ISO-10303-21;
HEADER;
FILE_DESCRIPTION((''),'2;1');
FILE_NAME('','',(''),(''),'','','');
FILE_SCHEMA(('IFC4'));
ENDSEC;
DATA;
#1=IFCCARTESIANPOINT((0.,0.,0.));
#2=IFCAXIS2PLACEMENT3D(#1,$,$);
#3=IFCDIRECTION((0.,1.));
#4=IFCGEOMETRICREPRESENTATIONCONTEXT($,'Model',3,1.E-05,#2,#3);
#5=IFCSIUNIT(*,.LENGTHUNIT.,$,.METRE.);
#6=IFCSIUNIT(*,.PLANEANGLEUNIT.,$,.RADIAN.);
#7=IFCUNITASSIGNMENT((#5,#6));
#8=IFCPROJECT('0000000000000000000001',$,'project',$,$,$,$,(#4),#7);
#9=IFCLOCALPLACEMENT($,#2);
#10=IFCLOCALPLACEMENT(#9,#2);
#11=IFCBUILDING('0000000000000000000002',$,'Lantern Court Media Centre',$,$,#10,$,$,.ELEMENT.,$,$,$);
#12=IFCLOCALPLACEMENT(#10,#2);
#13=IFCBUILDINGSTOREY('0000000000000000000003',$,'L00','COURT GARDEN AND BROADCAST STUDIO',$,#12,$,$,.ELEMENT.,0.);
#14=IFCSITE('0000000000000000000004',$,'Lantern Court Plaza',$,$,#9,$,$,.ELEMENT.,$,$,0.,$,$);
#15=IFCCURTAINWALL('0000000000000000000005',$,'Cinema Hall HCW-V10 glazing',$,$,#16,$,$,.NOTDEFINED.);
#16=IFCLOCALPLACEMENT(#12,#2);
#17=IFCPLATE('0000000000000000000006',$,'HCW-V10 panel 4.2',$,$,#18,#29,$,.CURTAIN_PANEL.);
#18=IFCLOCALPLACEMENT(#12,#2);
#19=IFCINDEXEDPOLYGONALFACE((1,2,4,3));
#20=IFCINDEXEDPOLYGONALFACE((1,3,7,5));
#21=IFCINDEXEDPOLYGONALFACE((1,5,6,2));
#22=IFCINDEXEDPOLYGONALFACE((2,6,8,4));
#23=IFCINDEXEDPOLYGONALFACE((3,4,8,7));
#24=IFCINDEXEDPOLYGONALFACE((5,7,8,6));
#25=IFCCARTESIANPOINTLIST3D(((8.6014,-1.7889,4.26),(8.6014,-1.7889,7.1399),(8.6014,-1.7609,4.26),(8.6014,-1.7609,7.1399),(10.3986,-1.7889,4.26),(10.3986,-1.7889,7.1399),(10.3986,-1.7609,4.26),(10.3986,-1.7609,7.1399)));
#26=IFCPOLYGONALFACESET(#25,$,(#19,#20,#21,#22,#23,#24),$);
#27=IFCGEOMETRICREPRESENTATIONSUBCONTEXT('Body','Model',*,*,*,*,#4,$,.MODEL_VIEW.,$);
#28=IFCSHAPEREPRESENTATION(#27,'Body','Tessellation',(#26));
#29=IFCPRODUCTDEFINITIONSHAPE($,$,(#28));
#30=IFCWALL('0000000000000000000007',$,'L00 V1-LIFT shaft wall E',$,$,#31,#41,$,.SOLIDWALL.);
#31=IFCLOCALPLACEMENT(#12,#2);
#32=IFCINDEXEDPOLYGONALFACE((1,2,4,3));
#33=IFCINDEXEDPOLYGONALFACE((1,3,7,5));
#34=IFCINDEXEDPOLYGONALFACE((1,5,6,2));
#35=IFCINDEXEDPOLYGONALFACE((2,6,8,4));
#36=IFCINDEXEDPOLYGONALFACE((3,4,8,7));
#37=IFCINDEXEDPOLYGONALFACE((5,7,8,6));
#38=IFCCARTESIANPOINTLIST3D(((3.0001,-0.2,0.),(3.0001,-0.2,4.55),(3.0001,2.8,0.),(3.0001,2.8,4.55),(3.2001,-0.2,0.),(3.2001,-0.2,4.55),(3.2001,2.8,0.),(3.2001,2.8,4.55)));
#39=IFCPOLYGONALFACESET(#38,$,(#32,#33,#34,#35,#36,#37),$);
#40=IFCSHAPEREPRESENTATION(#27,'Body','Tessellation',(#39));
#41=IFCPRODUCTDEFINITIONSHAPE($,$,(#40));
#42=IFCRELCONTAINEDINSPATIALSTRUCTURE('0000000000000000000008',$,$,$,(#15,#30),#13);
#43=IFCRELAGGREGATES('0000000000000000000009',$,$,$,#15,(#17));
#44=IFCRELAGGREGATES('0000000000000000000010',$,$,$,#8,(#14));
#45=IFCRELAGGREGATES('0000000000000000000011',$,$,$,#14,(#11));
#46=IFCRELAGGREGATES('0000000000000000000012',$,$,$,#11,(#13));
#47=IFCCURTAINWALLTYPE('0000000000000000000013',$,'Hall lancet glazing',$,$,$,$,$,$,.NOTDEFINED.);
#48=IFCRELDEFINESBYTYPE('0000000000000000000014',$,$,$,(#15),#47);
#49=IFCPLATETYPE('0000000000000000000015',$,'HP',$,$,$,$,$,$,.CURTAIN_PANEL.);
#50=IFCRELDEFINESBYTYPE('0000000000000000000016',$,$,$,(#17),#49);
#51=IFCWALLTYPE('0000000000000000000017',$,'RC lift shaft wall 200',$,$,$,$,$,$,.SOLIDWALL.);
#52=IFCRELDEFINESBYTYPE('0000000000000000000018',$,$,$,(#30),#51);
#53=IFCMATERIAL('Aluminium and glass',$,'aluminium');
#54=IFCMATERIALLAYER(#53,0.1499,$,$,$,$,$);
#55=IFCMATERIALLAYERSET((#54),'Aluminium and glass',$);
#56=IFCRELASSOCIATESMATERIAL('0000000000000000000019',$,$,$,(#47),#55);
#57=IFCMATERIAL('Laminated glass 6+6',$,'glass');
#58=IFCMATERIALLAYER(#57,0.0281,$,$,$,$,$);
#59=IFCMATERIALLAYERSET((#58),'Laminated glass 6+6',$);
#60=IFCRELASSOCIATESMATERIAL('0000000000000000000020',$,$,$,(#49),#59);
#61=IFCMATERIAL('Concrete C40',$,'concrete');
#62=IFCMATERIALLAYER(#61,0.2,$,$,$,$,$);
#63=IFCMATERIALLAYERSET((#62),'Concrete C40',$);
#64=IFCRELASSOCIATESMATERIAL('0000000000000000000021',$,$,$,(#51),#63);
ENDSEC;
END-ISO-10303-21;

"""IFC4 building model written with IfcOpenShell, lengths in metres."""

from ifc_helpers import new_model, si_unit, direction, frame, frame_2d, origin, origin_2d, place, context, subcontext, project, spatial, rectangle, extrude, material, layer, layer_set, type_object, element, aggregate, save


model = new_model("IFC4")

# Units and contexts
model_context = context("Model", 3, precision=1e-05, world=origin(), true_north=direction((0.0, 1.0)))
body_context = subcontext(model_context, "Body", "Model", "MODEL_VIEW")
ifc_project = project(units=[si_unit("LENGTHUNIT", "METRE"), si_unit("PLANEANGLEUNIT", "RADIAN")], contexts=[model_context])

# Site, building, storey
site_placement = place(None, origin())
site = spatial("IfcSite", under=ifc_project, at=site_placement, Name="Lantern Court Plaza", CompositionType="ELEMENT", RefElevation=0.0)
building_placement = place(site_placement, origin())
building = spatial("IfcBuilding", under=site, at=building_placement, Name="Lantern Court Media Centre", CompositionType="ELEMENT")
storey_placement = place(building_placement, origin())
storey = spatial("IfcBuildingStorey", under=building, at=storey_placement, Name="L00", Description="COURT GARDEN AND BROADCAST STUDIO", CompositionType="ELEMENT", Elevation=0.0)

# Curtain wall
ifc_material_1 = material(Name="Aluminium and glass", Category="aluminium")
ifc_layer_1 = layer(ifc_material_1, 0.1499)
ifc_layer_set_1 = layer_set([ifc_layer_1], Name="Aluminium and glass")
curtain_wall_type = type_object("IfcCurtainWallType", Name="Hall lancet glazing", PredefinedType="NOTDEFINED", material=ifc_layer_set_1)
curtain_wall_placement = place(storey_placement, origin())
curtain_wall = element("IfcCurtainWall", 1, at=curtain_wall_placement, inside=storey, type_object=curtain_wall_type, Name="Cinema Hall HCW-V10 glazing", PredefinedType="NOTDEFINED")

# Plate
ifc_material_2 = material(Name="Laminated glass 6+6", Category="glass")
ifc_layer_2 = layer(ifc_material_2, 0.0281)
ifc_layer_set_2 = layer_set([ifc_layer_2], Name="Laminated glass 6+6")
plate_type = type_object("IfcPlateType", Name="HP", PredefinedType="CURTAIN_PANEL", material=ifc_layer_set_2)
plate_1_placement = place(storey_placement, frame((9.5, -1.7749, 4.26), z_axis=(0.0, 0.0, 1.0), x_axis=(1.0, 0.0, 0.0)))
plate_1 = element("IfcPlate", 2, at=plate_1_placement, type_object=plate_type, Name="HCW-V10 panel 4.2", PredefinedType="CURTAIN_PANEL", context=body_context, shape_type="SweptSolid", body=[
    extrude(rectangle(XDim=1.7971, YDim=0.0281, at=origin_2d()), origin(), (0.0, 0.0, 1.0), 2.8799),
])
aggregate(curtain_wall, [plate_1])

# Wall
ifc_material_3 = material(Name="Concrete C40", Category="concrete")
ifc_layer_3 = layer(ifc_material_3, 0.2)
ifc_layer_set_3 = layer_set([ifc_layer_3], Name="Concrete C40")
wall_type = type_object("IfcWallType", Name="RC lift shaft wall 200", PredefinedType="SOLIDWALL", material=ifc_layer_set_3)
wall_placement = place(storey_placement, frame((3.1001, -0.2, 0.0), z_axis=(0.0, 0.0, 1.0), x_axis=(0.0, 1.0, 0.0)))
element("IfcWall", 3, at=wall_placement, inside=storey, type_object=wall_type, Name="L00 V1-LIFT shaft wall E", PredefinedType="SOLIDWALL", context=body_context, shape_type="SweptSolid", body=[
    extrude(rectangle(XDim=3.0, YDim=0.2, at=frame_2d((1.5, 0.0))), origin(), (0.0, 0.0, 1.0), 4.55),
])

save(model, "model.ifc")
